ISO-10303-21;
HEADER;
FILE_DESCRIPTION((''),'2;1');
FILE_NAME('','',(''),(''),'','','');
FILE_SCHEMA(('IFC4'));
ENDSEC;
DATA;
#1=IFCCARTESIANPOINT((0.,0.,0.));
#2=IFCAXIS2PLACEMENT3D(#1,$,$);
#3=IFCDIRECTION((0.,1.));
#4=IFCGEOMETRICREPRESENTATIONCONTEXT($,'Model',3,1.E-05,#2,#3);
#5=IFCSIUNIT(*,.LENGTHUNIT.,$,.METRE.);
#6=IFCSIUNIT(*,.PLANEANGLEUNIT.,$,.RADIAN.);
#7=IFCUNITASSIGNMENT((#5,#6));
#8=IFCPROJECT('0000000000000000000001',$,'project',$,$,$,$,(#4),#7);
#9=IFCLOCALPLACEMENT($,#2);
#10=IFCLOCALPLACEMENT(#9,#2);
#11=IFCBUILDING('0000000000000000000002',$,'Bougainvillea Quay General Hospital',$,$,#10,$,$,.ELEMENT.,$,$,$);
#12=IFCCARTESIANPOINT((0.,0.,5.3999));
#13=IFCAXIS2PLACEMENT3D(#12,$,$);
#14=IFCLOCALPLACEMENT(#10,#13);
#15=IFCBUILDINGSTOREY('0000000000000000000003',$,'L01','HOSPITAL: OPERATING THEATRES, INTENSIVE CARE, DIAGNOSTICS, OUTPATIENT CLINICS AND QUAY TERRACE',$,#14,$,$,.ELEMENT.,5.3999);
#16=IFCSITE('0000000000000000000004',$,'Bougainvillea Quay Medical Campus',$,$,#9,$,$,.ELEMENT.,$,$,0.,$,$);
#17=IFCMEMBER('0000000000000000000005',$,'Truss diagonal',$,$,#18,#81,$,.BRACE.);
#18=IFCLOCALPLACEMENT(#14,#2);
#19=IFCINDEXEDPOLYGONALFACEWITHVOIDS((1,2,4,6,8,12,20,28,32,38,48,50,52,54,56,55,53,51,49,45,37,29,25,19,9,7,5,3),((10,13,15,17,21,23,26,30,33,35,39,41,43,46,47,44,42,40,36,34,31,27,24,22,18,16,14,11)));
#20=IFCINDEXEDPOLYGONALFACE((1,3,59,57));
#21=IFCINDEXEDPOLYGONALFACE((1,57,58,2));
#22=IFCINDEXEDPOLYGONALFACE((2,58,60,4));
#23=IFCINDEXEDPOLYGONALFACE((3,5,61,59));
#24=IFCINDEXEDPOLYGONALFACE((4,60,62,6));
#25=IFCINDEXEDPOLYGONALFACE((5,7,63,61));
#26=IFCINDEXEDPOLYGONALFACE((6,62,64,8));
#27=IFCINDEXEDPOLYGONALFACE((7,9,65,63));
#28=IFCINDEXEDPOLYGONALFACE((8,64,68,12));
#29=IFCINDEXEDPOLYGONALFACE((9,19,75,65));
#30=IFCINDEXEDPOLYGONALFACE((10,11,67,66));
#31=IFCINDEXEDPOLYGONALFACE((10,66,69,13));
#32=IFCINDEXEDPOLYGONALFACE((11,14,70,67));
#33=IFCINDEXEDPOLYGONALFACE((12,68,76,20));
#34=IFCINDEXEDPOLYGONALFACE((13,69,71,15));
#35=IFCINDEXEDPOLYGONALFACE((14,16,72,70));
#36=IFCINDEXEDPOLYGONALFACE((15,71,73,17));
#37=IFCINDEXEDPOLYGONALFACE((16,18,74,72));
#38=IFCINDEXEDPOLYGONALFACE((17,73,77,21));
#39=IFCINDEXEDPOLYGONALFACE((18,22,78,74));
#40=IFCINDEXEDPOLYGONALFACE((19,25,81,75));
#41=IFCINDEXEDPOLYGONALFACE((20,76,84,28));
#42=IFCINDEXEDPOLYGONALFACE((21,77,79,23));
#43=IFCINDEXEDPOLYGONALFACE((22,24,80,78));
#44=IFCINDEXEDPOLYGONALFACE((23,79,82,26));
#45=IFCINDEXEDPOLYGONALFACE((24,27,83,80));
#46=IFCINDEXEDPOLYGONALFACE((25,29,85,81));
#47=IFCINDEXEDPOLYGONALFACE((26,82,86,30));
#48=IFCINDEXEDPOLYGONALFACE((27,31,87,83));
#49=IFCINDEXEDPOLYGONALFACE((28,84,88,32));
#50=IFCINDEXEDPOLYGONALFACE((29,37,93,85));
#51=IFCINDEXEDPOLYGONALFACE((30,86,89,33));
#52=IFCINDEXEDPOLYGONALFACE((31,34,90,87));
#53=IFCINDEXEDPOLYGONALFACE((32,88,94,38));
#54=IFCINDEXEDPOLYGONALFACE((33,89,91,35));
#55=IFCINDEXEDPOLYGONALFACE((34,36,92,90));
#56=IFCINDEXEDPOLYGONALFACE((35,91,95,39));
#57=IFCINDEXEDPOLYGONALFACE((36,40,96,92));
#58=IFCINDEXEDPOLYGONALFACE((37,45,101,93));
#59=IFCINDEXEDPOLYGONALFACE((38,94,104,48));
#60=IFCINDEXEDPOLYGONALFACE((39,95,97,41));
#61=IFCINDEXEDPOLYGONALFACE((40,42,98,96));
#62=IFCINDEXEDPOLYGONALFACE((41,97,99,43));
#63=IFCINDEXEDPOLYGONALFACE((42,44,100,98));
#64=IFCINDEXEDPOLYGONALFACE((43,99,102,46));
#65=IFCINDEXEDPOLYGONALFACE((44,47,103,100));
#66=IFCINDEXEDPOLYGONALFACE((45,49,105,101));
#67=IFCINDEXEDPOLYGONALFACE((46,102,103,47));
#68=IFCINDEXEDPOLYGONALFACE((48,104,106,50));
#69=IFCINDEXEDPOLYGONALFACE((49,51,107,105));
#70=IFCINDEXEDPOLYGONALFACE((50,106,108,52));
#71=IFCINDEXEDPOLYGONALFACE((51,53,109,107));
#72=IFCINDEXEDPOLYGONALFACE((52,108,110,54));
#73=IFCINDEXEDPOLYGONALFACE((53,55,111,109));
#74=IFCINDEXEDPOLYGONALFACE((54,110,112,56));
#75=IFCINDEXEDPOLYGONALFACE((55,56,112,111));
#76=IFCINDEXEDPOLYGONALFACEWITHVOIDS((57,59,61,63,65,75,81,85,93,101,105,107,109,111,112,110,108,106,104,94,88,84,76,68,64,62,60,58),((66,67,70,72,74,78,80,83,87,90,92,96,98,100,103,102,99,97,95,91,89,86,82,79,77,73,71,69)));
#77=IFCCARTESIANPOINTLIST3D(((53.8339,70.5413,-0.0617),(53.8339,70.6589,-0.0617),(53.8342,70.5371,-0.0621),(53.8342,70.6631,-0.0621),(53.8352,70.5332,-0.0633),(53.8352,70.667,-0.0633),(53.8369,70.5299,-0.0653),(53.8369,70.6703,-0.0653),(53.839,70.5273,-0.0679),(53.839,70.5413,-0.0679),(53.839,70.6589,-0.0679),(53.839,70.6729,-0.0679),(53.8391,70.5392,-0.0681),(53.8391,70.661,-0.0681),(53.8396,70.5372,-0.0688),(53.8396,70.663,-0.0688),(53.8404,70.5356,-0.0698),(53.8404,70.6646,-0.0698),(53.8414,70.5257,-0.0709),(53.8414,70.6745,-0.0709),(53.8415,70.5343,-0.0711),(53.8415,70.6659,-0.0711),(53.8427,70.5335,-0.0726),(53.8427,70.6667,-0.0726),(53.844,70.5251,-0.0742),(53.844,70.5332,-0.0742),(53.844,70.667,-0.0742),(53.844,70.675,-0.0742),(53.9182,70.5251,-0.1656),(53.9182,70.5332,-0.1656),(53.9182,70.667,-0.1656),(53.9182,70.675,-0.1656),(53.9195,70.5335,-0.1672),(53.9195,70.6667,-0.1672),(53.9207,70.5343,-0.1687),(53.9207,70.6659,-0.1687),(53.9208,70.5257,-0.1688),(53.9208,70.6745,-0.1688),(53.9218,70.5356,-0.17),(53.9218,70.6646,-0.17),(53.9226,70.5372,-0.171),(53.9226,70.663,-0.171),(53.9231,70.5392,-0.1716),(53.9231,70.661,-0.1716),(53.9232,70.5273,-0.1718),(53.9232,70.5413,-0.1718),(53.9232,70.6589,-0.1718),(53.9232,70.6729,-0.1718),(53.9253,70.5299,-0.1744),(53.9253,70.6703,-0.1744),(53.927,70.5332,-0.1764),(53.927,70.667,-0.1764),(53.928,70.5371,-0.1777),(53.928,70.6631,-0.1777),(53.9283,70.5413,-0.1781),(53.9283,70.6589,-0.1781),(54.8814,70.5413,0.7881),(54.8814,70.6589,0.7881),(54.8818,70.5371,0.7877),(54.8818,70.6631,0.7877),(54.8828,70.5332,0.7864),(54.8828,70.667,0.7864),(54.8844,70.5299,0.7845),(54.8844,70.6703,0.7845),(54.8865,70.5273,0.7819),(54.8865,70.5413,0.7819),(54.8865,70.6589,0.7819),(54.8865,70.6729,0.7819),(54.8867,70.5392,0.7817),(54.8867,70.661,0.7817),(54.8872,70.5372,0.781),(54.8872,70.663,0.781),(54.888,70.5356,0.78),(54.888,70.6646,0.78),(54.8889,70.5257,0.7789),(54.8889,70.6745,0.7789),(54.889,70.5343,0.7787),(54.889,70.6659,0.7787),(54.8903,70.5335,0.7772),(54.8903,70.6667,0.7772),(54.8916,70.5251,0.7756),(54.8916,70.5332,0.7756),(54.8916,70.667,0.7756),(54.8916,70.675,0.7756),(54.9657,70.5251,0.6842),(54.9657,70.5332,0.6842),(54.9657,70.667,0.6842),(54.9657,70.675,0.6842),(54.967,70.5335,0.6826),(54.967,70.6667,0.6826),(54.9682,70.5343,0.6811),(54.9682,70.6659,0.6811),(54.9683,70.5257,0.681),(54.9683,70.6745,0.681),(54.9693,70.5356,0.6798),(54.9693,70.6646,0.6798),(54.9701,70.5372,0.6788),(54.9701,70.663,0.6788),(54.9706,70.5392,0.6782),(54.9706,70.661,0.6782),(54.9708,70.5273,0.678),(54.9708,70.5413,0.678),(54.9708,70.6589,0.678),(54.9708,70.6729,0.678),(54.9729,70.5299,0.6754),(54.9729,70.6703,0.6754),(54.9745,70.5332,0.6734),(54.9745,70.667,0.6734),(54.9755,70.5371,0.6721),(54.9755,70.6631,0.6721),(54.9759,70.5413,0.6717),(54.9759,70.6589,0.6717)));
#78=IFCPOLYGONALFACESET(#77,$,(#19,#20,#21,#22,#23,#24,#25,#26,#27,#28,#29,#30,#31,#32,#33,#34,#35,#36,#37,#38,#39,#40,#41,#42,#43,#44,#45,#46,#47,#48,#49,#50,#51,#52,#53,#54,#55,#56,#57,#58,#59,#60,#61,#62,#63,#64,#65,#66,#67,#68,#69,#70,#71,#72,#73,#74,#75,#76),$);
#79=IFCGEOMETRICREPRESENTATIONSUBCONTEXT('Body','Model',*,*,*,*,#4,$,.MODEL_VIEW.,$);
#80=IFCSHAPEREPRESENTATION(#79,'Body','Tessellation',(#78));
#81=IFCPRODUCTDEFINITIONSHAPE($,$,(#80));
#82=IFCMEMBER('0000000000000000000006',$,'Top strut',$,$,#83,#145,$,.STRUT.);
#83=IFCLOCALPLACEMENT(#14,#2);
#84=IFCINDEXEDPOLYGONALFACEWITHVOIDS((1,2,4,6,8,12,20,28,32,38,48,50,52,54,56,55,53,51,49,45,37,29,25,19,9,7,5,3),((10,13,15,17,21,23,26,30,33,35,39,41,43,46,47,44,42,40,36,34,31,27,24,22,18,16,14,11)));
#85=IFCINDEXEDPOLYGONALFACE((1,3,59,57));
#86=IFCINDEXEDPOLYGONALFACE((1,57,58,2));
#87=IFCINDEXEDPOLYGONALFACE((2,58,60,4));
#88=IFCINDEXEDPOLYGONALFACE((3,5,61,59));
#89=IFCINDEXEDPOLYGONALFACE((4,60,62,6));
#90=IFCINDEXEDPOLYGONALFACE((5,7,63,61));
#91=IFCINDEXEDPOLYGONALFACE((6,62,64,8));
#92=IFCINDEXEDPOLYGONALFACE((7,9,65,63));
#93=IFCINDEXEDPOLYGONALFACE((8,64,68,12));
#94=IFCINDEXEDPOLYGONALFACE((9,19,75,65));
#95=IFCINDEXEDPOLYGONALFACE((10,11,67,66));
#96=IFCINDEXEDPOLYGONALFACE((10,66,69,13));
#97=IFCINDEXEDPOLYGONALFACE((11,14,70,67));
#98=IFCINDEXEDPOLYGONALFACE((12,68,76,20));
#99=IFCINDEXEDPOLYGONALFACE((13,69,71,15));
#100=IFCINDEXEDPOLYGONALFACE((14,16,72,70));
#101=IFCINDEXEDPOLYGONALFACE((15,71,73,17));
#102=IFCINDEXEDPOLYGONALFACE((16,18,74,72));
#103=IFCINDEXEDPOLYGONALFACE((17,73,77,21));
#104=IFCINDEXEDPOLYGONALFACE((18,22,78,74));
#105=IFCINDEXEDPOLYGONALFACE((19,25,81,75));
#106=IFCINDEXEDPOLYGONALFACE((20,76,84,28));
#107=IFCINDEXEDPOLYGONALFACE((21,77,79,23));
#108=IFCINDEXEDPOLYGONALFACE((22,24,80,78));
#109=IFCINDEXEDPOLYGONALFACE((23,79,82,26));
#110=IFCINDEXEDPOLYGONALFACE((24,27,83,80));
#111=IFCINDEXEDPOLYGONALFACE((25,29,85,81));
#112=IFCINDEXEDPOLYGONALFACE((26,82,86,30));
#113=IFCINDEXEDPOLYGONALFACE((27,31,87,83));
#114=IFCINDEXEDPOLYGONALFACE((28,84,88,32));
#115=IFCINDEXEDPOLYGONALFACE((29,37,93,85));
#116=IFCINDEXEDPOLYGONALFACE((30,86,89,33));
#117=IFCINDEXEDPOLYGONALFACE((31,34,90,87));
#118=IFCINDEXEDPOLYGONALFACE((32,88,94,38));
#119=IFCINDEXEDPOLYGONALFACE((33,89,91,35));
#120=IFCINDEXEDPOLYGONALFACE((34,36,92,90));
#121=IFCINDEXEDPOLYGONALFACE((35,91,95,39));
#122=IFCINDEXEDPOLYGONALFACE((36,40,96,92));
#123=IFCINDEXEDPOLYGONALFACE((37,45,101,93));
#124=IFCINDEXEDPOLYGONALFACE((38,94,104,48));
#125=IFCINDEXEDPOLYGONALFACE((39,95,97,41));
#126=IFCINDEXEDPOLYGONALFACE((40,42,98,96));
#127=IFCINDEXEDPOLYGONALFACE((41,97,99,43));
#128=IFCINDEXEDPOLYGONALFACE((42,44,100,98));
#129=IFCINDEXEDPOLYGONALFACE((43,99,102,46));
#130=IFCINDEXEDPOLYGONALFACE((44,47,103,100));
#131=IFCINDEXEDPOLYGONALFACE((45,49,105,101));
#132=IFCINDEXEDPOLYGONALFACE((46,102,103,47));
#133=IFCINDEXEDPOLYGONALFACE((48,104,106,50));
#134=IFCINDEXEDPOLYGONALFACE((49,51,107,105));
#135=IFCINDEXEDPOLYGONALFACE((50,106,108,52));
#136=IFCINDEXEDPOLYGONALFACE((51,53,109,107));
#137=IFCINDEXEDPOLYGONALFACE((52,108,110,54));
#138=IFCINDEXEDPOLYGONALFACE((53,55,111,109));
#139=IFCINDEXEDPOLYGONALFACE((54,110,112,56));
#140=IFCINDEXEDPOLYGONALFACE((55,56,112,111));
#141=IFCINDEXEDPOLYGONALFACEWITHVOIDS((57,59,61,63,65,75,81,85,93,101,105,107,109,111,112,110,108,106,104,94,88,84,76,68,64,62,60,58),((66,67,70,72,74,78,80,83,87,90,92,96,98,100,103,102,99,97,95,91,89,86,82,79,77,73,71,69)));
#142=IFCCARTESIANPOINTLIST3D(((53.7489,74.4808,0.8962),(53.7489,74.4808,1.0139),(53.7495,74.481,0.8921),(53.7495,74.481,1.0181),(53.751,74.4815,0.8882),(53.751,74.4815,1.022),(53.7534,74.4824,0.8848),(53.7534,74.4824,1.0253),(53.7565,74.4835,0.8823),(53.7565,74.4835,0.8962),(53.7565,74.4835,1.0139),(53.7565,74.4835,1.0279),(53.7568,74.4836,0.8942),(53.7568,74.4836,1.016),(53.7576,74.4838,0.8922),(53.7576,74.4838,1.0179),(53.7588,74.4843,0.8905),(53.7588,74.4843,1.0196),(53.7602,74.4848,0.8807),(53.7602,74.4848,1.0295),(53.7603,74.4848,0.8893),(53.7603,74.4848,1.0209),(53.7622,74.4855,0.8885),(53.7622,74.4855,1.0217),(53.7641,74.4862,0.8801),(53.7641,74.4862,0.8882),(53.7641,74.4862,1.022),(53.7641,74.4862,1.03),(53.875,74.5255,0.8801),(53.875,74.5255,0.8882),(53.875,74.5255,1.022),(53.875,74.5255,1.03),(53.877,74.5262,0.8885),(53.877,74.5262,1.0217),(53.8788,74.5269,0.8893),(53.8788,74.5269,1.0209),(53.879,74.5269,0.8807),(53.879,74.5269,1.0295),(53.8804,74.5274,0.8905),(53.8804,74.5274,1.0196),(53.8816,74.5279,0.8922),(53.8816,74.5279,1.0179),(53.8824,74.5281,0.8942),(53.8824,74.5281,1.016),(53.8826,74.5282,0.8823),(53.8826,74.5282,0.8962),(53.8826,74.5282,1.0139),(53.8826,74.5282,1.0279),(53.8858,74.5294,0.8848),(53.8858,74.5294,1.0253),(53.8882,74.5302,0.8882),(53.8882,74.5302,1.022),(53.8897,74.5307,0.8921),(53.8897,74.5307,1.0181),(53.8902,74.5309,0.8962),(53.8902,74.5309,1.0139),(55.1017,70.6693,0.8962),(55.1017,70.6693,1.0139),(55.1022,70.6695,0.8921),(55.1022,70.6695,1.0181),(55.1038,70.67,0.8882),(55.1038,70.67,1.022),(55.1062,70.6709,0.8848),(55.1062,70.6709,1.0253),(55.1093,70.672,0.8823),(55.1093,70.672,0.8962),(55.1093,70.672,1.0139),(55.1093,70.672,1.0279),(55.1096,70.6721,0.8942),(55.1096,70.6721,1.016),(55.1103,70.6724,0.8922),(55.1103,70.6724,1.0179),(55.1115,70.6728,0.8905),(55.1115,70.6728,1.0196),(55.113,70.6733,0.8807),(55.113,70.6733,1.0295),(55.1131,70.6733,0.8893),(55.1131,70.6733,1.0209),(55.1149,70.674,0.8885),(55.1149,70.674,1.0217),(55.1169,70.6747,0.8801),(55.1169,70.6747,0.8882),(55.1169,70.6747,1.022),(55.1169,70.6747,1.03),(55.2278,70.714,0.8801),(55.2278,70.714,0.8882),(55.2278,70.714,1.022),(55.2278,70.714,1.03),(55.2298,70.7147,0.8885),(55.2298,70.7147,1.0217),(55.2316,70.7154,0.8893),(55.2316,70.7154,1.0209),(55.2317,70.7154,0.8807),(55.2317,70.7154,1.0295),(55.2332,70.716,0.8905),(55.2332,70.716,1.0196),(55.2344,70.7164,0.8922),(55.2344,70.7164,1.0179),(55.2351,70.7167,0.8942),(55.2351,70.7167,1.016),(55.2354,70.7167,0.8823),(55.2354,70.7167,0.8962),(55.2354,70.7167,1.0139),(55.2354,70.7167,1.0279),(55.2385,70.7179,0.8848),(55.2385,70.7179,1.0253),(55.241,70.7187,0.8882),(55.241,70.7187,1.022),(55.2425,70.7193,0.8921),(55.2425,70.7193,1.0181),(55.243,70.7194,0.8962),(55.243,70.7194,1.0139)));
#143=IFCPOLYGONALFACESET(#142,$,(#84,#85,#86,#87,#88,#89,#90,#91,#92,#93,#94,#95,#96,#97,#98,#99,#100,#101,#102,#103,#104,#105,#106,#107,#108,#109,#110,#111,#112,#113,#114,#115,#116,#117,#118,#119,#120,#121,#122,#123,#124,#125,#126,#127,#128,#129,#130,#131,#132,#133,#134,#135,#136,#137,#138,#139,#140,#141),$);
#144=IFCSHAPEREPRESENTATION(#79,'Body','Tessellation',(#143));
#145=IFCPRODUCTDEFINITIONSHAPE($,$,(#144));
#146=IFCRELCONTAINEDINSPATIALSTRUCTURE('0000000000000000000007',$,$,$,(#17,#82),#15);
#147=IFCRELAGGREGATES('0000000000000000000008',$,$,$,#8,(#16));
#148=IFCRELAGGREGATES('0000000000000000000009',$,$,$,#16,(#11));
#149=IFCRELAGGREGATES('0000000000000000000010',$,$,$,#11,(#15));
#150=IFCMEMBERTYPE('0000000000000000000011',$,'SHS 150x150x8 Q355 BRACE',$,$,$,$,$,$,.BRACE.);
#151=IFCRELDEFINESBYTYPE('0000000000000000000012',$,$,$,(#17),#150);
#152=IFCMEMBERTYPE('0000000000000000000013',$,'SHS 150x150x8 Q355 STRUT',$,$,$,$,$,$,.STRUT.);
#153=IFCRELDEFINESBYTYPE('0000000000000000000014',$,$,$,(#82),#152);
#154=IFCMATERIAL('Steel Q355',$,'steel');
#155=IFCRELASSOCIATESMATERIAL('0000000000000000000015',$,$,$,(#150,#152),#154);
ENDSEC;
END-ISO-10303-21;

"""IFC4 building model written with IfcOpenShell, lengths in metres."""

from ifc_helpers import new_model, si_unit, direction, frame, origin, origin_2d, place, context, subcontext, project, spatial, hollow_rectangle, extrude, material, material_profile, profile_set, type_object, element, save


model = new_model("IFC4")

# Units and contexts
model_context = context("Model", 3, precision=1e-05, world=origin(), true_north=direction((0.0, 1.0)))
body_context = subcontext(model_context, "Body", "Model", "MODEL_VIEW")
ifc_project = project(units=[si_unit("LENGTHUNIT", "METRE"), si_unit("PLANEANGLEUNIT", "RADIAN")], contexts=[model_context])

# Site, building, storey
site_placement = place(None, origin())
site = spatial("IfcSite", under=ifc_project, at=site_placement, Name="Bougainvillea Quay Medical Campus", CompositionType="ELEMENT", RefElevation=0.0)
building_placement = place(site_placement, origin())
building = spatial("IfcBuilding", under=site, at=building_placement, Name="Bougainvillea Quay General Hospital", CompositionType="ELEMENT")
storey_placement = place(building_placement, frame((0.0, 0.0, 5.3999)))
storey = spatial("IfcBuildingStorey", under=building, at=storey_placement, Name="L01", Description="HOSPITAL: OPERATING THEATRES, INTENSIVE CARE, DIAGNOSTICS, OUTPATIENT CLINICS AND QUAY TERRACE", CompositionType="ELEMENT", Elevation=5.3999)

# Members
ifc_material_1 = material(Name="Steel Q355", Category="steel")
ifc_material_profile_1 = material_profile(ifc_material_1, hollow_rectangle(XDim=0.1499, YDim=0.1499, WallThickness=0.0081, InnerFilletRadius=0.0081, OuterFilletRadius=0.0161, at=origin_2d()))
ifc_profile_set_1 = profile_set([ifc_material_profile_1], Name="Steel Q355")
member_type_1 = type_object("IfcMemberType", Name="SHS 150x150x8 Q355 BRACE", PredefinedType="BRACE", material=ifc_profile_set_1)
member_1_placement = place(storey_placement, frame((53.8811, 70.6001, -0.1199), z_axis=(0.776595, 0.0, 0.63), x_axis=(0.0, 1.0, 0.0)))
element("IfcMember", 1, at=member_1_placement, inside=storey, type_object=member_type_1, Name="Truss diagonal", PredefinedType="BRACE", context=body_context, shape_type="SweptSolid", body=[
    extrude(hollow_rectangle(XDim=0.1499, YDim=0.1499, WallThickness=0.0081, InnerFilletRadius=0.0081, OuterFilletRadius=0.0161, at=origin_2d()), origin(), (0.0, 0.0, 1.0), 1.3489),
])
ifc_material_profile_2 = material_profile(ifc_material_1, hollow_rectangle(XDim=0.1499, YDim=0.1499, WallThickness=0.0081, InnerFilletRadius=0.0081, OuterFilletRadius=0.0161, at=origin_2d()))
ifc_profile_set_2 = profile_set([ifc_material_profile_2], Name="Steel Q355")
member_type_2 = type_object("IfcMemberType", Name="SHS 150x150x8 Q355 STRUT", PredefinedType="STRUT", material=ifc_profile_set_2)
member_2_placement = place(storey_placement, frame((53.8196, 74.5059, 0.9551), z_axis=(0.334477, -0.942404, 0.0), x_axis=(0.942404, 0.334477, 0.0)))
element("IfcMember", 2, at=member_2_placement, inside=storey, type_object=member_type_2, Name="Top strut", PredefinedType="STRUT", context=body_context, shape_type="SweptSolid", body=[
    extrude(hollow_rectangle(XDim=0.1499, YDim=0.1499, WallThickness=0.0081, InnerFilletRadius=0.0081, OuterFilletRadius=0.0161, at=origin_2d()), origin(), (0.0, 0.0, 1.0), 4.0444),
])

save(model, "model.ifc")
